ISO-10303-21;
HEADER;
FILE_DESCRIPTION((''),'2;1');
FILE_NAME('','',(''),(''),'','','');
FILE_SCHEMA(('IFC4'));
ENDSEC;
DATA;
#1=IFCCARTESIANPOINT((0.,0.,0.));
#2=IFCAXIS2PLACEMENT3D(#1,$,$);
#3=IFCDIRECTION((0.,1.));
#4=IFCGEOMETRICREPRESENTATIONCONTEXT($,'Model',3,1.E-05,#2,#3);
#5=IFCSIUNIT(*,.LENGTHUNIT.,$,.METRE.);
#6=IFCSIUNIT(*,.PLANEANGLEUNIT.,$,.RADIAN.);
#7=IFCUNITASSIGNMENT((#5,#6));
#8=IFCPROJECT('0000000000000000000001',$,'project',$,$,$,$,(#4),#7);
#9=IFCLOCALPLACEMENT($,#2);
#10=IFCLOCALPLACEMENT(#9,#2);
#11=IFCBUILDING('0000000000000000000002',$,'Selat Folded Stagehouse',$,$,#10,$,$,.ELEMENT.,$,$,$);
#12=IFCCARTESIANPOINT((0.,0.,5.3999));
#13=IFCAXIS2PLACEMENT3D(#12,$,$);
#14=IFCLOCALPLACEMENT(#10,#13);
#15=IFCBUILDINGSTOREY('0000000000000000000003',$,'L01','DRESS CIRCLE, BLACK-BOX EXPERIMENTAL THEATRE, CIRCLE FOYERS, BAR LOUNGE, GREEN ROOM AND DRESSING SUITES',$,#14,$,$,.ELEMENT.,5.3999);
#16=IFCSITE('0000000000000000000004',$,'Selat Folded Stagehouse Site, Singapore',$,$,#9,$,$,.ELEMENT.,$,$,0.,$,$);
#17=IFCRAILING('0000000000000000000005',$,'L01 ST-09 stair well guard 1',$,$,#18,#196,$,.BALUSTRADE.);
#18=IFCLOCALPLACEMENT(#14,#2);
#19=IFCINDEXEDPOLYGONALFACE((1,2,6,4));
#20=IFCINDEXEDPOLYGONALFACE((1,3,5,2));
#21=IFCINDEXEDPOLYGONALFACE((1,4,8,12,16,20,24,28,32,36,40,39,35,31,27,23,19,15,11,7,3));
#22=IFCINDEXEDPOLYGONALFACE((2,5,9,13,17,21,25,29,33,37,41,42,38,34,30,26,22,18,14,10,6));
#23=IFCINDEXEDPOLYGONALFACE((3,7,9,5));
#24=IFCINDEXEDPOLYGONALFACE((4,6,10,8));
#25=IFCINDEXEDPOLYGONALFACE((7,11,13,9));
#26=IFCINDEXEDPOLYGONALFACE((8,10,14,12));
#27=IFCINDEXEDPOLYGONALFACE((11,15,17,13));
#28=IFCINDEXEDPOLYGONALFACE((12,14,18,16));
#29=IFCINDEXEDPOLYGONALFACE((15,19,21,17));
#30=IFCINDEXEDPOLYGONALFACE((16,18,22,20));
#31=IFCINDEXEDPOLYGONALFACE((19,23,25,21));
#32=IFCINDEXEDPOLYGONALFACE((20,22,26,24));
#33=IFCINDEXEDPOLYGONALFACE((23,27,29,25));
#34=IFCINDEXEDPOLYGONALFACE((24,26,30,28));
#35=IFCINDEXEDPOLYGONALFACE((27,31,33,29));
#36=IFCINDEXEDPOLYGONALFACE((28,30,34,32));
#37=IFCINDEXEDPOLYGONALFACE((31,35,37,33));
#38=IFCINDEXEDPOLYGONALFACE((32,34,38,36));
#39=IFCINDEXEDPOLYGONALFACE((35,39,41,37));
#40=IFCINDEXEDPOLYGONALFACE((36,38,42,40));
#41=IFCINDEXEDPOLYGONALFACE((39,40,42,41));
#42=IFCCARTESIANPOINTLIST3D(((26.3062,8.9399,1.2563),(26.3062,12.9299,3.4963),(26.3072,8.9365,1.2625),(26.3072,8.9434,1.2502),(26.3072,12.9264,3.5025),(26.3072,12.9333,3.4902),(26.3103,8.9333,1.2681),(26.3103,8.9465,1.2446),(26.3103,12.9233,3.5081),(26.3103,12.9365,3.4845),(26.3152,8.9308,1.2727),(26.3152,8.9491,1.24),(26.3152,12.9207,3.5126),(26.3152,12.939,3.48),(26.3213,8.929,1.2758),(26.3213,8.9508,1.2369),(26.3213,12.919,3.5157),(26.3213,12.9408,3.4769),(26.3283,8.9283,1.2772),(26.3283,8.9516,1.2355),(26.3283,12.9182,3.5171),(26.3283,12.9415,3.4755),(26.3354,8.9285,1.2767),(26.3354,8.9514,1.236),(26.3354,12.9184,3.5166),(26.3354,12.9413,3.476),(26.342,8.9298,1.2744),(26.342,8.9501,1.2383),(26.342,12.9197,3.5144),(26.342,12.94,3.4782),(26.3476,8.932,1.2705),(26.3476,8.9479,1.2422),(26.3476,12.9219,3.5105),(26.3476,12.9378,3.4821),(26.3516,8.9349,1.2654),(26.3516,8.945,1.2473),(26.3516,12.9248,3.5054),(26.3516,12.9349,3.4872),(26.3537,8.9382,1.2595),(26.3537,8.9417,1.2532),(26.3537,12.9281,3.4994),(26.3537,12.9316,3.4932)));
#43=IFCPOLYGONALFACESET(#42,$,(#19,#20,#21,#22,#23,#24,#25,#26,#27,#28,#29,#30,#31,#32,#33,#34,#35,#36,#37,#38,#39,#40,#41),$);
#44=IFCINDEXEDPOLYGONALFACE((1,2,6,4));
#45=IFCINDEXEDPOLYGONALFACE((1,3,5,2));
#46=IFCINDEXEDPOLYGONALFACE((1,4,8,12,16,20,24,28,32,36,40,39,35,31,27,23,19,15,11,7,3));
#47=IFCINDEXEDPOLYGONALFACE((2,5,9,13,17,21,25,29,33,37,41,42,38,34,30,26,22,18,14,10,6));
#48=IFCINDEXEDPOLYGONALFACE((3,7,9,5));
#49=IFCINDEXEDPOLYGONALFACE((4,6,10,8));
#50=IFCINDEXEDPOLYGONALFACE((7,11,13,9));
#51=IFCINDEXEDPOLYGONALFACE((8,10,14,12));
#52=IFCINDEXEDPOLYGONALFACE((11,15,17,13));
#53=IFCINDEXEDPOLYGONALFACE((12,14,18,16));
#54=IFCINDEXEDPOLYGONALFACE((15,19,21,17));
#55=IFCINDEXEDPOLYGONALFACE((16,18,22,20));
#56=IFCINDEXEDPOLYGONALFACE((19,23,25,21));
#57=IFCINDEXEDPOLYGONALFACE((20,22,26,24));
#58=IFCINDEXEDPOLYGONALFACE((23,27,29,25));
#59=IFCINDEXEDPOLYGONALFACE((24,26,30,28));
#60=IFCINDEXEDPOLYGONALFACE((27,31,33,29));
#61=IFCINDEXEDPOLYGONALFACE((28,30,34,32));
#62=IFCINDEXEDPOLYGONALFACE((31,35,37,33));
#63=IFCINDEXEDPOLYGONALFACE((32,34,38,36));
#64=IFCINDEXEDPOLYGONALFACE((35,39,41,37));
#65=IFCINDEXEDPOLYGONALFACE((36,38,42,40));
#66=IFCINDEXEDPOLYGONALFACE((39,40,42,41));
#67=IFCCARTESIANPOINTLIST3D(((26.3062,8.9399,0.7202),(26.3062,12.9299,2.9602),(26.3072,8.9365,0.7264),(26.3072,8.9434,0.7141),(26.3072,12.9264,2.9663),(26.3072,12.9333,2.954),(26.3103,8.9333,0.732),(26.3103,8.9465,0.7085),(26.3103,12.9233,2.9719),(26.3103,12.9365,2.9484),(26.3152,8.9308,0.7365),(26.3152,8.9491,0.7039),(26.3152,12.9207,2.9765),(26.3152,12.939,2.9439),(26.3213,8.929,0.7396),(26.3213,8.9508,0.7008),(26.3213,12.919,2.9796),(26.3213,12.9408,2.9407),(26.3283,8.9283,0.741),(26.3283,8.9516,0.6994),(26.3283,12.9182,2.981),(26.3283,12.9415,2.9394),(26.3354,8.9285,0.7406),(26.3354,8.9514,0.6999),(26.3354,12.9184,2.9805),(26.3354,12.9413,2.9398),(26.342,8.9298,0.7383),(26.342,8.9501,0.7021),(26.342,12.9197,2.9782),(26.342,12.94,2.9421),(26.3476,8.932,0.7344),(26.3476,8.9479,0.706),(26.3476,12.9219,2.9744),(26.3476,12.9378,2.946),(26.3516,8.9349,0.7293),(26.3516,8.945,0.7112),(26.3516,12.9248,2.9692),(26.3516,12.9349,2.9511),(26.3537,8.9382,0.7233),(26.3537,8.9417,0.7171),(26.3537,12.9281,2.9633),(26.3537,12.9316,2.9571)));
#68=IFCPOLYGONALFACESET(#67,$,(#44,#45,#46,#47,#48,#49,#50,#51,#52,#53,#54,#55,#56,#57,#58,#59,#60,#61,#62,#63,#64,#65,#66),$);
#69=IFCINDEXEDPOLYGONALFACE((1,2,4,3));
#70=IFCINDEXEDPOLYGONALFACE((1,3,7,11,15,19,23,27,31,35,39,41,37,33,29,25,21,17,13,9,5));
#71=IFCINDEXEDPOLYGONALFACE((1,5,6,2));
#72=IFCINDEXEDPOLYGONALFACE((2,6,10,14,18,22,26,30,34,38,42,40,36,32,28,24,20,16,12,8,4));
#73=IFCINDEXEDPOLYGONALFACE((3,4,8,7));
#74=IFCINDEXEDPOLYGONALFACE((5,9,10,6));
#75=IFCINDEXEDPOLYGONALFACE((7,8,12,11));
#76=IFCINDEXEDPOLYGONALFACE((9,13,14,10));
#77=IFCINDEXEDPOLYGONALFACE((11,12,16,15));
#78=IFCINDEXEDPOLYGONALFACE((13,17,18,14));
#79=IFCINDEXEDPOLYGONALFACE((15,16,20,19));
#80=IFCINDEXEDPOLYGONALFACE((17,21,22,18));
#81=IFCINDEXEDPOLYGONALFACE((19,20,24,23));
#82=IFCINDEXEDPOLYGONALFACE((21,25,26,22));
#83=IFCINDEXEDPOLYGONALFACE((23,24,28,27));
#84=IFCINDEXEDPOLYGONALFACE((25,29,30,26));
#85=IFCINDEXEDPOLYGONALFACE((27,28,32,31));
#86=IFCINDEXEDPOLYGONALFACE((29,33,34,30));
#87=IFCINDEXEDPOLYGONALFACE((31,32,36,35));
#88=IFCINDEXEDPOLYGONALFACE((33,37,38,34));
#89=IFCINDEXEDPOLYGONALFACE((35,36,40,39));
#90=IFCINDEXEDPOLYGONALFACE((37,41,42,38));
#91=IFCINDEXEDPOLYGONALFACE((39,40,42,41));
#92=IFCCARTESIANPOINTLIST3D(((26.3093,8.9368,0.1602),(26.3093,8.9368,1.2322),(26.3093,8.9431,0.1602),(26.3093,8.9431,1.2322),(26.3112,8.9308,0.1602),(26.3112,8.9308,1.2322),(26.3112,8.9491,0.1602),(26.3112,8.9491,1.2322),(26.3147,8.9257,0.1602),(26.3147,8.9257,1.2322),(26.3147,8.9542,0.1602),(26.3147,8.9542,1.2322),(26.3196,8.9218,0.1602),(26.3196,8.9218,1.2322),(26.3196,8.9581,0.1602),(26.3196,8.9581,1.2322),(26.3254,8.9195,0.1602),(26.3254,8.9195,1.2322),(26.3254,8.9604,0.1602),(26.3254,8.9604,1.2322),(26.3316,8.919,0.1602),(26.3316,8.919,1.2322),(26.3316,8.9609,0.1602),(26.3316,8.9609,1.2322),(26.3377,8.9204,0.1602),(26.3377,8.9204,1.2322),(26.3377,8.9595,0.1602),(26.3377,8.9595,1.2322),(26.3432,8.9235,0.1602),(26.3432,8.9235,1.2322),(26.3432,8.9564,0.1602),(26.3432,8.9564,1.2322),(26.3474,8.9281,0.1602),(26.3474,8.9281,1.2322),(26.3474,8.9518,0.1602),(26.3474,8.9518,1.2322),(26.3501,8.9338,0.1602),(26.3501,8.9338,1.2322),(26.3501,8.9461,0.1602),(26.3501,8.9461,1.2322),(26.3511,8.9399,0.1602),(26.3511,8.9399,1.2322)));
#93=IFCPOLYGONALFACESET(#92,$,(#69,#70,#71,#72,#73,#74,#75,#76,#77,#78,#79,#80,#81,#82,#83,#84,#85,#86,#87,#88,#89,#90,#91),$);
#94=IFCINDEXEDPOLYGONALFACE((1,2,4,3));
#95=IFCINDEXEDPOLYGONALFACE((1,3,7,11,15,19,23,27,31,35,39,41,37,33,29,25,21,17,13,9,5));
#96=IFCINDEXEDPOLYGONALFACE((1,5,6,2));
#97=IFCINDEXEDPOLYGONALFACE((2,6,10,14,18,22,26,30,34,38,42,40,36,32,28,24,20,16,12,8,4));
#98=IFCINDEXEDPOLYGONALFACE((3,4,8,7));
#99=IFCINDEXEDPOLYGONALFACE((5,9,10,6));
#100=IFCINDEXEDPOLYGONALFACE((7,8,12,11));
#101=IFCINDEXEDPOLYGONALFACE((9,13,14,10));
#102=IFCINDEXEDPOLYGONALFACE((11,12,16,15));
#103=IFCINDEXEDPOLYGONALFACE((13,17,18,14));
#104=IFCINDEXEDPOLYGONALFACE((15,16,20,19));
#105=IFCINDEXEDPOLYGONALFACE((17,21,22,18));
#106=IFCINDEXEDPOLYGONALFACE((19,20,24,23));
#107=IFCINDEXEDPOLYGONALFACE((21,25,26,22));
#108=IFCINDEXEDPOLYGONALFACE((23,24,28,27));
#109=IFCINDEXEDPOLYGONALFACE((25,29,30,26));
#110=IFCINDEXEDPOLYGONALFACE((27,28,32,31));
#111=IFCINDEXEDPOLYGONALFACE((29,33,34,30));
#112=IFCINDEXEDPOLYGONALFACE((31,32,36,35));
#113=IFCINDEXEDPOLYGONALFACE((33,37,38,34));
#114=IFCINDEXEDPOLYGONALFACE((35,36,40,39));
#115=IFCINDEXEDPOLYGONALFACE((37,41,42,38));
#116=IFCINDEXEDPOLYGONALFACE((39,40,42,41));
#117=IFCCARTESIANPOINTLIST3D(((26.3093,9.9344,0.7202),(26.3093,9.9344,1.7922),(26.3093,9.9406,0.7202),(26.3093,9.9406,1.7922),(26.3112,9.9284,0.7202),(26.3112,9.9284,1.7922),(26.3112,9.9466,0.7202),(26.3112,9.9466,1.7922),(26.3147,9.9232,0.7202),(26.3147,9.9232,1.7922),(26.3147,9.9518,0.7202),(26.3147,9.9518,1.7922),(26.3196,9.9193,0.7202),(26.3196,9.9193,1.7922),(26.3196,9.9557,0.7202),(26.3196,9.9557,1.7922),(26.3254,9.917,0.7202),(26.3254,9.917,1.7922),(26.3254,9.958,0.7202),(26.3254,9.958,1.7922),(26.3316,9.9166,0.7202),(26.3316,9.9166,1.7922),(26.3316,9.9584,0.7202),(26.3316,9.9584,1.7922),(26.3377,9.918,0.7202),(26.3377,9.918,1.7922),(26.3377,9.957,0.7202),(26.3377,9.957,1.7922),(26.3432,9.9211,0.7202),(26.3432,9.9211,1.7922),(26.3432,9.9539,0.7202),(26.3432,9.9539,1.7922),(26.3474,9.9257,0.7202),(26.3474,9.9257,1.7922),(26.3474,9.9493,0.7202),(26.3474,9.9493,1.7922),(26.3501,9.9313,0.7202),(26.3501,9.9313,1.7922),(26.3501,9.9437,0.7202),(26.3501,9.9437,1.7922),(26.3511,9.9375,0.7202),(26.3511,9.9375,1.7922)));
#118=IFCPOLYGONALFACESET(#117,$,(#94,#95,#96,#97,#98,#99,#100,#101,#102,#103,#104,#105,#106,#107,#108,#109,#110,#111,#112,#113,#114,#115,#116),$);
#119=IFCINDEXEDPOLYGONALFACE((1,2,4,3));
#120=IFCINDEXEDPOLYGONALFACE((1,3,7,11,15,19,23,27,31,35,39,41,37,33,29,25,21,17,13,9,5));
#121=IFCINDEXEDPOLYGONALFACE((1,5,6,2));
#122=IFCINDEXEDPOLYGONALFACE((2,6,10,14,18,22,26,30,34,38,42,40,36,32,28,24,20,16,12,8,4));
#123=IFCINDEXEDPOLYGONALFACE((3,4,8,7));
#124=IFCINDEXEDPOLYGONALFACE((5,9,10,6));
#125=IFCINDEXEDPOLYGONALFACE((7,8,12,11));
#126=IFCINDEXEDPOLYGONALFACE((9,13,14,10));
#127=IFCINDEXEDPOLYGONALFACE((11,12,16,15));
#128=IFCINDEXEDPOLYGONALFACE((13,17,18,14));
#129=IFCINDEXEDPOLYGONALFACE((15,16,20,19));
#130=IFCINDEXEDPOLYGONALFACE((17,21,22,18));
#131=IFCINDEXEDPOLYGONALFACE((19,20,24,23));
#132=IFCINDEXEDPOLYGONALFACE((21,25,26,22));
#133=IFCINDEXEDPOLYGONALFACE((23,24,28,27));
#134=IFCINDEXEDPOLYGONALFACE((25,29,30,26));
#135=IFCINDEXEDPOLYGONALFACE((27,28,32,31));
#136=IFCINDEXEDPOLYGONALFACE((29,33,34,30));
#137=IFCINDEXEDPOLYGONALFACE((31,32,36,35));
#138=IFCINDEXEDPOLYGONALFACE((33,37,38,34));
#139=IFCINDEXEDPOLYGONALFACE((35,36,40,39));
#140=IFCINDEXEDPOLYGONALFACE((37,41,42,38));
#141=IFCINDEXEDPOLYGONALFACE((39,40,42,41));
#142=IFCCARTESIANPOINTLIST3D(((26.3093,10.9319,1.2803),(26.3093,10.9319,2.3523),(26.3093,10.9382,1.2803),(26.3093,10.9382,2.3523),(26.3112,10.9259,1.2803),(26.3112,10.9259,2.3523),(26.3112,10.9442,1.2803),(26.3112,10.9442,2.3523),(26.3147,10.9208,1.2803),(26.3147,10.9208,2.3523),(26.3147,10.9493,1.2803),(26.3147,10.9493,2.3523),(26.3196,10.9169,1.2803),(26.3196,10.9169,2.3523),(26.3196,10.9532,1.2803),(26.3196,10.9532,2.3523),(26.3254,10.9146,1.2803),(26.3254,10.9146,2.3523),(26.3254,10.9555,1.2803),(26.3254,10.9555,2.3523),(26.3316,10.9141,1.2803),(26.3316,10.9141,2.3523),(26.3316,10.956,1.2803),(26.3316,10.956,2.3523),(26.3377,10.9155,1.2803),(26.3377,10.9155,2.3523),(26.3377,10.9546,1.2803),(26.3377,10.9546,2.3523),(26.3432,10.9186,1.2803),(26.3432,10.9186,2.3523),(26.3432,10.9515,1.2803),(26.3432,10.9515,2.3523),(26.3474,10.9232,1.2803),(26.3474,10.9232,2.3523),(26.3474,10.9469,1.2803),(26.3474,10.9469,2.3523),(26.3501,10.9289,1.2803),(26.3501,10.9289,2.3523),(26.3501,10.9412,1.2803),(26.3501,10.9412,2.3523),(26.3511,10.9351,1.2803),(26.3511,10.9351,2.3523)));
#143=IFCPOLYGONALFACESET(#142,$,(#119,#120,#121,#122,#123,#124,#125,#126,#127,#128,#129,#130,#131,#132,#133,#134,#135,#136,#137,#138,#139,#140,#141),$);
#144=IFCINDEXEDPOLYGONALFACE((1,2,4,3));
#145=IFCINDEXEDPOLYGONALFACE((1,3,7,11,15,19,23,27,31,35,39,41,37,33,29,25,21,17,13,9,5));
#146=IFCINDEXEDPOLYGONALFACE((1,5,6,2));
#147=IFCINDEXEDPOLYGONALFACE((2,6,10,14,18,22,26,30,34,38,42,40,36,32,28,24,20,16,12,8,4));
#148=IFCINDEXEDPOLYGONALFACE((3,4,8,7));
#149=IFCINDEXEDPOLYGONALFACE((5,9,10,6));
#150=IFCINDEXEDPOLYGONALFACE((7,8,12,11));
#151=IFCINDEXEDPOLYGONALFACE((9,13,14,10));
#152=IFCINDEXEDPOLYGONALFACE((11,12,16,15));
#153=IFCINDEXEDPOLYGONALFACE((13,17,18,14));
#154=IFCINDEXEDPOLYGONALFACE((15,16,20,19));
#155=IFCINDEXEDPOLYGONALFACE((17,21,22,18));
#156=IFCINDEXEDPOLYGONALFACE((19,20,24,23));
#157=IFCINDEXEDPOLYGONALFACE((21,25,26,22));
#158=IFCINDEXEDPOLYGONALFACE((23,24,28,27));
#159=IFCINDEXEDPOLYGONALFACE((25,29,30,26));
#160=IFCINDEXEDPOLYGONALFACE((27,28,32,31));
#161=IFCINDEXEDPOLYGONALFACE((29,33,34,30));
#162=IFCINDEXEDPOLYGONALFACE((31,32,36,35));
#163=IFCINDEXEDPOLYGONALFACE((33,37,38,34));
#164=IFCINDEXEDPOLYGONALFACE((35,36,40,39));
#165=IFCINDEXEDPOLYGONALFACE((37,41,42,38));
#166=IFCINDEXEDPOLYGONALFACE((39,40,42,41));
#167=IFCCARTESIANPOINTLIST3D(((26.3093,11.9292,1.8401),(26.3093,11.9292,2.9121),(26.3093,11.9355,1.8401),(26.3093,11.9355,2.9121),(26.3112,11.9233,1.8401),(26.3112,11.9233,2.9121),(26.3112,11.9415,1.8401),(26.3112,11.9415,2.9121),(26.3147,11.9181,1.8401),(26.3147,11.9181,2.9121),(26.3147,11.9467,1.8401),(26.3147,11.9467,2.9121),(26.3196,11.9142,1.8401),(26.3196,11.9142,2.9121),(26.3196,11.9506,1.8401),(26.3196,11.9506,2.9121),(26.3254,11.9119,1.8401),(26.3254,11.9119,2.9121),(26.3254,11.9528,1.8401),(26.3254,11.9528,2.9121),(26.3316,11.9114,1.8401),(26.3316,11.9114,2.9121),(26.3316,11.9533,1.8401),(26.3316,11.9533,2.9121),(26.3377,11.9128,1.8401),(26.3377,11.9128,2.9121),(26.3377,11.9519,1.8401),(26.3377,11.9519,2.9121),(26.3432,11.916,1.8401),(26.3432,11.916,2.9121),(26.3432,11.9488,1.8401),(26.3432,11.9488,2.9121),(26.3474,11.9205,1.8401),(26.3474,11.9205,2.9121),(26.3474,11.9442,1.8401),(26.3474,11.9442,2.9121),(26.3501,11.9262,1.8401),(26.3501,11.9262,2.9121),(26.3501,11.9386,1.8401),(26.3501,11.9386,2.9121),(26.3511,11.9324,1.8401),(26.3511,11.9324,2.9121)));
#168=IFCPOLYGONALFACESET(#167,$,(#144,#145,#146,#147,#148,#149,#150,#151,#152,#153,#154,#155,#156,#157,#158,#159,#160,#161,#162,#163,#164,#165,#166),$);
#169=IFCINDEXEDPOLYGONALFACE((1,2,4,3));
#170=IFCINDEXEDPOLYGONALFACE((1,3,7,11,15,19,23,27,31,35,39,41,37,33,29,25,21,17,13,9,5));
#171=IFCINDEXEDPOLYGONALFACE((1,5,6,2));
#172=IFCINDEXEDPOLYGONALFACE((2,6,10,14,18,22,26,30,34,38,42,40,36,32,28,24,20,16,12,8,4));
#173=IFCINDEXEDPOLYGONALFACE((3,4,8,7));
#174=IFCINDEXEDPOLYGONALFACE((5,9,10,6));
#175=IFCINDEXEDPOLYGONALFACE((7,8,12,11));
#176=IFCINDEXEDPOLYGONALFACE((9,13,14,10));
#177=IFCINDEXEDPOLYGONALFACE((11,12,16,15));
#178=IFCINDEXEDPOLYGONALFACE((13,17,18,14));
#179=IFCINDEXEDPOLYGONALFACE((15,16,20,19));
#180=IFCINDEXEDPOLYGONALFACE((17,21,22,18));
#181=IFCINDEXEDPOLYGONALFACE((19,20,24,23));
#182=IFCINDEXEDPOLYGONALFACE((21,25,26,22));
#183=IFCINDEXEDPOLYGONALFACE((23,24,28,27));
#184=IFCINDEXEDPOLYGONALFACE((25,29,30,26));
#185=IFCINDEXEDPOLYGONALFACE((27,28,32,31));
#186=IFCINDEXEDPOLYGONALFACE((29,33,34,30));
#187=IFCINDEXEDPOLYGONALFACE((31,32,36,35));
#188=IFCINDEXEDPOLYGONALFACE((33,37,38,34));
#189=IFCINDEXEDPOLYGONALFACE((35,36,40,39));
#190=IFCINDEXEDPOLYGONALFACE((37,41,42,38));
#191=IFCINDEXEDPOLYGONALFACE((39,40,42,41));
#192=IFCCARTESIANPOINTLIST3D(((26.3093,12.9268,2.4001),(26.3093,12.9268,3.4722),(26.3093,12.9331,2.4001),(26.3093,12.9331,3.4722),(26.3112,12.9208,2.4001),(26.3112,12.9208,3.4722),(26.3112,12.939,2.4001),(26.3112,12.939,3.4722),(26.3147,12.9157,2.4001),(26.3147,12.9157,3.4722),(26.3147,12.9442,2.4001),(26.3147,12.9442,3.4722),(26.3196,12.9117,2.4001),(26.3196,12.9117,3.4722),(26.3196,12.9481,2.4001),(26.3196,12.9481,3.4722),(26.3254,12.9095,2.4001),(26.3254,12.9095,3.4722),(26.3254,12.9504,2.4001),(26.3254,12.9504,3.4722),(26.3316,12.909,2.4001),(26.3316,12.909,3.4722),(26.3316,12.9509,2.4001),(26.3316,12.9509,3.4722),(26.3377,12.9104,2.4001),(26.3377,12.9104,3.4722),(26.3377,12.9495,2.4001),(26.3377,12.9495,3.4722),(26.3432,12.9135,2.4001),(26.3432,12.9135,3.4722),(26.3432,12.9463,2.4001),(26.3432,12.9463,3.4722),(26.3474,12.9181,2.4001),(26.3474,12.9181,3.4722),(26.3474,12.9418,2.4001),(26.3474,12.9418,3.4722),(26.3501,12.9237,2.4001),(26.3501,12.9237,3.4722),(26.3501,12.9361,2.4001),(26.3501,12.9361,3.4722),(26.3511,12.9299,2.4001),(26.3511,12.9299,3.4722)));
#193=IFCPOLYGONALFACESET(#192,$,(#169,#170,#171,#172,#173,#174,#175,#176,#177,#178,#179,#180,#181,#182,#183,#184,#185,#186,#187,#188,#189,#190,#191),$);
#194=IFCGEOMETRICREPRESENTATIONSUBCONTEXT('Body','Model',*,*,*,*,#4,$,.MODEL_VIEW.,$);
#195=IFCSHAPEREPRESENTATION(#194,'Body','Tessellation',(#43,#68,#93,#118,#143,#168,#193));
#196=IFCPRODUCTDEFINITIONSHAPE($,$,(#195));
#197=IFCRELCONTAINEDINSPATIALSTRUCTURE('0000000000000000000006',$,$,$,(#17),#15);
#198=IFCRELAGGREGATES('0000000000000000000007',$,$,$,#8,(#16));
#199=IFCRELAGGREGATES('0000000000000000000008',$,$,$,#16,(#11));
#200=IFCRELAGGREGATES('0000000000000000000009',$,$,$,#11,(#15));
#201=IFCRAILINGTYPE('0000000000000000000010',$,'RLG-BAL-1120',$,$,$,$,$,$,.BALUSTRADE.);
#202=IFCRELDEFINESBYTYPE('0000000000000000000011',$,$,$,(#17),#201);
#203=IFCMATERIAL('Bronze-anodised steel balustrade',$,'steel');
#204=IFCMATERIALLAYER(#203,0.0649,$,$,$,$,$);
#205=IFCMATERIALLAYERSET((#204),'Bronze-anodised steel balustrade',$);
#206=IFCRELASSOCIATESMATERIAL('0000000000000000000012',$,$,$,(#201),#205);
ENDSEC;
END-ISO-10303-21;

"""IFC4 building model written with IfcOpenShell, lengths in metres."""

from ifc_helpers import new_model, si_unit, direction, frame, origin, origin_2d, place, context, subcontext, project, spatial, circle, extrude, material, layer, layer_set, type_object, element, save


model = new_model("IFC4")

# Units and contexts
model_context = context("Model", 3, precision=1e-05, world=origin(), true_north=direction((0.0, 1.0)))
body_context = subcontext(model_context, "Body", "Model", "MODEL_VIEW")
ifc_project = project(units=[si_unit("LENGTHUNIT", "METRE"), si_unit("PLANEANGLEUNIT", "RADIAN")], contexts=[model_context])

# Site, building, storey
site_placement = place(None, origin())
site = spatial("IfcSite", under=ifc_project, at=site_placement, Name="Selat Folded Stagehouse Site, Singapore", CompositionType="ELEMENT", RefElevation=0.0)
building_placement = place(site_placement, origin())
building = spatial("IfcBuilding", under=site, at=building_placement, Name="Selat Folded Stagehouse", CompositionType="ELEMENT")
storey_placement = place(building_placement, frame((0.0, 0.0, 5.3999)))
storey = spatial("IfcBuildingStorey", under=building, at=storey_placement, Name="L01", Description="DRESS CIRCLE, BLACK-BOX EXPERIMENTAL THEATRE, CIRCLE FOYERS, BAR LOUNGE, GREEN ROOM AND DRESSING SUITES", CompositionType="ELEMENT", Elevation=5.3999)

# Railing
ifc_material_1 = material(Name="Bronze-anodised steel balustrade", Category="steel")
ifc_layer_1 = layer(ifc_material_1, 0.0649)
ifc_layer_set_1 = layer_set([ifc_layer_1], Name="Bronze-anodised steel balustrade")
railing_type_1 = type_object("IfcRailingType", Name="RLG-BAL-1120", PredefinedType="BALUSTRADE", material=ifc_layer_set_1)
railing_1_placement = place(storey_placement, frame((26.3301, 8.9399, 0.1602)))
element("IfcRailing", 1, at=railing_1_placement, inside=storey, type_object=railing_type_1, Name="L01 ST-09 stair well guard 1", PredefinedType="BALUSTRADE", context=body_context, shape_type="SweptSolid", body=[
    extrude(circle(Radius=0.0239, at=origin_2d()), frame((0.0, 0.0, 1.0962), z_axis=(0.0, 0.871984, 0.489534), x_axis=(-1.0, 0.0, 0.0)), (0.0, 0.0, 1.0), 4.5757),
    extrude(circle(Radius=0.0239, at=origin_2d()), frame((0.0, 0.0, 0.5601), z_axis=(0.0, 0.871984, 0.489534), x_axis=(-1.0, 0.0, 0.0)), (0.0, 0.0, 1.0), 4.5757),
    extrude(circle(Radius=0.021, at=origin_2d()), origin(), (0.0, 0.0, 1.0), 1.072),
    extrude(circle(Radius=0.021, at=origin_2d()), frame((0.0, 0.9976, 0.5601)), (0.0, 0.0, 1.0), 1.072),
    extrude(circle(Radius=0.021, at=origin_2d()), frame((0.0, 1.9951, 1.1201)), (0.0, 0.0, 1.0), 1.072),
    extrude(circle(Radius=0.021, at=origin_2d()), frame((0.0, 2.9924, 1.6799)), (0.0, 0.0, 1.0), 1.072),
    extrude(circle(Radius=0.021, at=origin_2d()), frame((0.0, 3.99, 2.24)), (0.0, 0.0, 1.0), 1.072),
])

save(model, "model.ifc")
